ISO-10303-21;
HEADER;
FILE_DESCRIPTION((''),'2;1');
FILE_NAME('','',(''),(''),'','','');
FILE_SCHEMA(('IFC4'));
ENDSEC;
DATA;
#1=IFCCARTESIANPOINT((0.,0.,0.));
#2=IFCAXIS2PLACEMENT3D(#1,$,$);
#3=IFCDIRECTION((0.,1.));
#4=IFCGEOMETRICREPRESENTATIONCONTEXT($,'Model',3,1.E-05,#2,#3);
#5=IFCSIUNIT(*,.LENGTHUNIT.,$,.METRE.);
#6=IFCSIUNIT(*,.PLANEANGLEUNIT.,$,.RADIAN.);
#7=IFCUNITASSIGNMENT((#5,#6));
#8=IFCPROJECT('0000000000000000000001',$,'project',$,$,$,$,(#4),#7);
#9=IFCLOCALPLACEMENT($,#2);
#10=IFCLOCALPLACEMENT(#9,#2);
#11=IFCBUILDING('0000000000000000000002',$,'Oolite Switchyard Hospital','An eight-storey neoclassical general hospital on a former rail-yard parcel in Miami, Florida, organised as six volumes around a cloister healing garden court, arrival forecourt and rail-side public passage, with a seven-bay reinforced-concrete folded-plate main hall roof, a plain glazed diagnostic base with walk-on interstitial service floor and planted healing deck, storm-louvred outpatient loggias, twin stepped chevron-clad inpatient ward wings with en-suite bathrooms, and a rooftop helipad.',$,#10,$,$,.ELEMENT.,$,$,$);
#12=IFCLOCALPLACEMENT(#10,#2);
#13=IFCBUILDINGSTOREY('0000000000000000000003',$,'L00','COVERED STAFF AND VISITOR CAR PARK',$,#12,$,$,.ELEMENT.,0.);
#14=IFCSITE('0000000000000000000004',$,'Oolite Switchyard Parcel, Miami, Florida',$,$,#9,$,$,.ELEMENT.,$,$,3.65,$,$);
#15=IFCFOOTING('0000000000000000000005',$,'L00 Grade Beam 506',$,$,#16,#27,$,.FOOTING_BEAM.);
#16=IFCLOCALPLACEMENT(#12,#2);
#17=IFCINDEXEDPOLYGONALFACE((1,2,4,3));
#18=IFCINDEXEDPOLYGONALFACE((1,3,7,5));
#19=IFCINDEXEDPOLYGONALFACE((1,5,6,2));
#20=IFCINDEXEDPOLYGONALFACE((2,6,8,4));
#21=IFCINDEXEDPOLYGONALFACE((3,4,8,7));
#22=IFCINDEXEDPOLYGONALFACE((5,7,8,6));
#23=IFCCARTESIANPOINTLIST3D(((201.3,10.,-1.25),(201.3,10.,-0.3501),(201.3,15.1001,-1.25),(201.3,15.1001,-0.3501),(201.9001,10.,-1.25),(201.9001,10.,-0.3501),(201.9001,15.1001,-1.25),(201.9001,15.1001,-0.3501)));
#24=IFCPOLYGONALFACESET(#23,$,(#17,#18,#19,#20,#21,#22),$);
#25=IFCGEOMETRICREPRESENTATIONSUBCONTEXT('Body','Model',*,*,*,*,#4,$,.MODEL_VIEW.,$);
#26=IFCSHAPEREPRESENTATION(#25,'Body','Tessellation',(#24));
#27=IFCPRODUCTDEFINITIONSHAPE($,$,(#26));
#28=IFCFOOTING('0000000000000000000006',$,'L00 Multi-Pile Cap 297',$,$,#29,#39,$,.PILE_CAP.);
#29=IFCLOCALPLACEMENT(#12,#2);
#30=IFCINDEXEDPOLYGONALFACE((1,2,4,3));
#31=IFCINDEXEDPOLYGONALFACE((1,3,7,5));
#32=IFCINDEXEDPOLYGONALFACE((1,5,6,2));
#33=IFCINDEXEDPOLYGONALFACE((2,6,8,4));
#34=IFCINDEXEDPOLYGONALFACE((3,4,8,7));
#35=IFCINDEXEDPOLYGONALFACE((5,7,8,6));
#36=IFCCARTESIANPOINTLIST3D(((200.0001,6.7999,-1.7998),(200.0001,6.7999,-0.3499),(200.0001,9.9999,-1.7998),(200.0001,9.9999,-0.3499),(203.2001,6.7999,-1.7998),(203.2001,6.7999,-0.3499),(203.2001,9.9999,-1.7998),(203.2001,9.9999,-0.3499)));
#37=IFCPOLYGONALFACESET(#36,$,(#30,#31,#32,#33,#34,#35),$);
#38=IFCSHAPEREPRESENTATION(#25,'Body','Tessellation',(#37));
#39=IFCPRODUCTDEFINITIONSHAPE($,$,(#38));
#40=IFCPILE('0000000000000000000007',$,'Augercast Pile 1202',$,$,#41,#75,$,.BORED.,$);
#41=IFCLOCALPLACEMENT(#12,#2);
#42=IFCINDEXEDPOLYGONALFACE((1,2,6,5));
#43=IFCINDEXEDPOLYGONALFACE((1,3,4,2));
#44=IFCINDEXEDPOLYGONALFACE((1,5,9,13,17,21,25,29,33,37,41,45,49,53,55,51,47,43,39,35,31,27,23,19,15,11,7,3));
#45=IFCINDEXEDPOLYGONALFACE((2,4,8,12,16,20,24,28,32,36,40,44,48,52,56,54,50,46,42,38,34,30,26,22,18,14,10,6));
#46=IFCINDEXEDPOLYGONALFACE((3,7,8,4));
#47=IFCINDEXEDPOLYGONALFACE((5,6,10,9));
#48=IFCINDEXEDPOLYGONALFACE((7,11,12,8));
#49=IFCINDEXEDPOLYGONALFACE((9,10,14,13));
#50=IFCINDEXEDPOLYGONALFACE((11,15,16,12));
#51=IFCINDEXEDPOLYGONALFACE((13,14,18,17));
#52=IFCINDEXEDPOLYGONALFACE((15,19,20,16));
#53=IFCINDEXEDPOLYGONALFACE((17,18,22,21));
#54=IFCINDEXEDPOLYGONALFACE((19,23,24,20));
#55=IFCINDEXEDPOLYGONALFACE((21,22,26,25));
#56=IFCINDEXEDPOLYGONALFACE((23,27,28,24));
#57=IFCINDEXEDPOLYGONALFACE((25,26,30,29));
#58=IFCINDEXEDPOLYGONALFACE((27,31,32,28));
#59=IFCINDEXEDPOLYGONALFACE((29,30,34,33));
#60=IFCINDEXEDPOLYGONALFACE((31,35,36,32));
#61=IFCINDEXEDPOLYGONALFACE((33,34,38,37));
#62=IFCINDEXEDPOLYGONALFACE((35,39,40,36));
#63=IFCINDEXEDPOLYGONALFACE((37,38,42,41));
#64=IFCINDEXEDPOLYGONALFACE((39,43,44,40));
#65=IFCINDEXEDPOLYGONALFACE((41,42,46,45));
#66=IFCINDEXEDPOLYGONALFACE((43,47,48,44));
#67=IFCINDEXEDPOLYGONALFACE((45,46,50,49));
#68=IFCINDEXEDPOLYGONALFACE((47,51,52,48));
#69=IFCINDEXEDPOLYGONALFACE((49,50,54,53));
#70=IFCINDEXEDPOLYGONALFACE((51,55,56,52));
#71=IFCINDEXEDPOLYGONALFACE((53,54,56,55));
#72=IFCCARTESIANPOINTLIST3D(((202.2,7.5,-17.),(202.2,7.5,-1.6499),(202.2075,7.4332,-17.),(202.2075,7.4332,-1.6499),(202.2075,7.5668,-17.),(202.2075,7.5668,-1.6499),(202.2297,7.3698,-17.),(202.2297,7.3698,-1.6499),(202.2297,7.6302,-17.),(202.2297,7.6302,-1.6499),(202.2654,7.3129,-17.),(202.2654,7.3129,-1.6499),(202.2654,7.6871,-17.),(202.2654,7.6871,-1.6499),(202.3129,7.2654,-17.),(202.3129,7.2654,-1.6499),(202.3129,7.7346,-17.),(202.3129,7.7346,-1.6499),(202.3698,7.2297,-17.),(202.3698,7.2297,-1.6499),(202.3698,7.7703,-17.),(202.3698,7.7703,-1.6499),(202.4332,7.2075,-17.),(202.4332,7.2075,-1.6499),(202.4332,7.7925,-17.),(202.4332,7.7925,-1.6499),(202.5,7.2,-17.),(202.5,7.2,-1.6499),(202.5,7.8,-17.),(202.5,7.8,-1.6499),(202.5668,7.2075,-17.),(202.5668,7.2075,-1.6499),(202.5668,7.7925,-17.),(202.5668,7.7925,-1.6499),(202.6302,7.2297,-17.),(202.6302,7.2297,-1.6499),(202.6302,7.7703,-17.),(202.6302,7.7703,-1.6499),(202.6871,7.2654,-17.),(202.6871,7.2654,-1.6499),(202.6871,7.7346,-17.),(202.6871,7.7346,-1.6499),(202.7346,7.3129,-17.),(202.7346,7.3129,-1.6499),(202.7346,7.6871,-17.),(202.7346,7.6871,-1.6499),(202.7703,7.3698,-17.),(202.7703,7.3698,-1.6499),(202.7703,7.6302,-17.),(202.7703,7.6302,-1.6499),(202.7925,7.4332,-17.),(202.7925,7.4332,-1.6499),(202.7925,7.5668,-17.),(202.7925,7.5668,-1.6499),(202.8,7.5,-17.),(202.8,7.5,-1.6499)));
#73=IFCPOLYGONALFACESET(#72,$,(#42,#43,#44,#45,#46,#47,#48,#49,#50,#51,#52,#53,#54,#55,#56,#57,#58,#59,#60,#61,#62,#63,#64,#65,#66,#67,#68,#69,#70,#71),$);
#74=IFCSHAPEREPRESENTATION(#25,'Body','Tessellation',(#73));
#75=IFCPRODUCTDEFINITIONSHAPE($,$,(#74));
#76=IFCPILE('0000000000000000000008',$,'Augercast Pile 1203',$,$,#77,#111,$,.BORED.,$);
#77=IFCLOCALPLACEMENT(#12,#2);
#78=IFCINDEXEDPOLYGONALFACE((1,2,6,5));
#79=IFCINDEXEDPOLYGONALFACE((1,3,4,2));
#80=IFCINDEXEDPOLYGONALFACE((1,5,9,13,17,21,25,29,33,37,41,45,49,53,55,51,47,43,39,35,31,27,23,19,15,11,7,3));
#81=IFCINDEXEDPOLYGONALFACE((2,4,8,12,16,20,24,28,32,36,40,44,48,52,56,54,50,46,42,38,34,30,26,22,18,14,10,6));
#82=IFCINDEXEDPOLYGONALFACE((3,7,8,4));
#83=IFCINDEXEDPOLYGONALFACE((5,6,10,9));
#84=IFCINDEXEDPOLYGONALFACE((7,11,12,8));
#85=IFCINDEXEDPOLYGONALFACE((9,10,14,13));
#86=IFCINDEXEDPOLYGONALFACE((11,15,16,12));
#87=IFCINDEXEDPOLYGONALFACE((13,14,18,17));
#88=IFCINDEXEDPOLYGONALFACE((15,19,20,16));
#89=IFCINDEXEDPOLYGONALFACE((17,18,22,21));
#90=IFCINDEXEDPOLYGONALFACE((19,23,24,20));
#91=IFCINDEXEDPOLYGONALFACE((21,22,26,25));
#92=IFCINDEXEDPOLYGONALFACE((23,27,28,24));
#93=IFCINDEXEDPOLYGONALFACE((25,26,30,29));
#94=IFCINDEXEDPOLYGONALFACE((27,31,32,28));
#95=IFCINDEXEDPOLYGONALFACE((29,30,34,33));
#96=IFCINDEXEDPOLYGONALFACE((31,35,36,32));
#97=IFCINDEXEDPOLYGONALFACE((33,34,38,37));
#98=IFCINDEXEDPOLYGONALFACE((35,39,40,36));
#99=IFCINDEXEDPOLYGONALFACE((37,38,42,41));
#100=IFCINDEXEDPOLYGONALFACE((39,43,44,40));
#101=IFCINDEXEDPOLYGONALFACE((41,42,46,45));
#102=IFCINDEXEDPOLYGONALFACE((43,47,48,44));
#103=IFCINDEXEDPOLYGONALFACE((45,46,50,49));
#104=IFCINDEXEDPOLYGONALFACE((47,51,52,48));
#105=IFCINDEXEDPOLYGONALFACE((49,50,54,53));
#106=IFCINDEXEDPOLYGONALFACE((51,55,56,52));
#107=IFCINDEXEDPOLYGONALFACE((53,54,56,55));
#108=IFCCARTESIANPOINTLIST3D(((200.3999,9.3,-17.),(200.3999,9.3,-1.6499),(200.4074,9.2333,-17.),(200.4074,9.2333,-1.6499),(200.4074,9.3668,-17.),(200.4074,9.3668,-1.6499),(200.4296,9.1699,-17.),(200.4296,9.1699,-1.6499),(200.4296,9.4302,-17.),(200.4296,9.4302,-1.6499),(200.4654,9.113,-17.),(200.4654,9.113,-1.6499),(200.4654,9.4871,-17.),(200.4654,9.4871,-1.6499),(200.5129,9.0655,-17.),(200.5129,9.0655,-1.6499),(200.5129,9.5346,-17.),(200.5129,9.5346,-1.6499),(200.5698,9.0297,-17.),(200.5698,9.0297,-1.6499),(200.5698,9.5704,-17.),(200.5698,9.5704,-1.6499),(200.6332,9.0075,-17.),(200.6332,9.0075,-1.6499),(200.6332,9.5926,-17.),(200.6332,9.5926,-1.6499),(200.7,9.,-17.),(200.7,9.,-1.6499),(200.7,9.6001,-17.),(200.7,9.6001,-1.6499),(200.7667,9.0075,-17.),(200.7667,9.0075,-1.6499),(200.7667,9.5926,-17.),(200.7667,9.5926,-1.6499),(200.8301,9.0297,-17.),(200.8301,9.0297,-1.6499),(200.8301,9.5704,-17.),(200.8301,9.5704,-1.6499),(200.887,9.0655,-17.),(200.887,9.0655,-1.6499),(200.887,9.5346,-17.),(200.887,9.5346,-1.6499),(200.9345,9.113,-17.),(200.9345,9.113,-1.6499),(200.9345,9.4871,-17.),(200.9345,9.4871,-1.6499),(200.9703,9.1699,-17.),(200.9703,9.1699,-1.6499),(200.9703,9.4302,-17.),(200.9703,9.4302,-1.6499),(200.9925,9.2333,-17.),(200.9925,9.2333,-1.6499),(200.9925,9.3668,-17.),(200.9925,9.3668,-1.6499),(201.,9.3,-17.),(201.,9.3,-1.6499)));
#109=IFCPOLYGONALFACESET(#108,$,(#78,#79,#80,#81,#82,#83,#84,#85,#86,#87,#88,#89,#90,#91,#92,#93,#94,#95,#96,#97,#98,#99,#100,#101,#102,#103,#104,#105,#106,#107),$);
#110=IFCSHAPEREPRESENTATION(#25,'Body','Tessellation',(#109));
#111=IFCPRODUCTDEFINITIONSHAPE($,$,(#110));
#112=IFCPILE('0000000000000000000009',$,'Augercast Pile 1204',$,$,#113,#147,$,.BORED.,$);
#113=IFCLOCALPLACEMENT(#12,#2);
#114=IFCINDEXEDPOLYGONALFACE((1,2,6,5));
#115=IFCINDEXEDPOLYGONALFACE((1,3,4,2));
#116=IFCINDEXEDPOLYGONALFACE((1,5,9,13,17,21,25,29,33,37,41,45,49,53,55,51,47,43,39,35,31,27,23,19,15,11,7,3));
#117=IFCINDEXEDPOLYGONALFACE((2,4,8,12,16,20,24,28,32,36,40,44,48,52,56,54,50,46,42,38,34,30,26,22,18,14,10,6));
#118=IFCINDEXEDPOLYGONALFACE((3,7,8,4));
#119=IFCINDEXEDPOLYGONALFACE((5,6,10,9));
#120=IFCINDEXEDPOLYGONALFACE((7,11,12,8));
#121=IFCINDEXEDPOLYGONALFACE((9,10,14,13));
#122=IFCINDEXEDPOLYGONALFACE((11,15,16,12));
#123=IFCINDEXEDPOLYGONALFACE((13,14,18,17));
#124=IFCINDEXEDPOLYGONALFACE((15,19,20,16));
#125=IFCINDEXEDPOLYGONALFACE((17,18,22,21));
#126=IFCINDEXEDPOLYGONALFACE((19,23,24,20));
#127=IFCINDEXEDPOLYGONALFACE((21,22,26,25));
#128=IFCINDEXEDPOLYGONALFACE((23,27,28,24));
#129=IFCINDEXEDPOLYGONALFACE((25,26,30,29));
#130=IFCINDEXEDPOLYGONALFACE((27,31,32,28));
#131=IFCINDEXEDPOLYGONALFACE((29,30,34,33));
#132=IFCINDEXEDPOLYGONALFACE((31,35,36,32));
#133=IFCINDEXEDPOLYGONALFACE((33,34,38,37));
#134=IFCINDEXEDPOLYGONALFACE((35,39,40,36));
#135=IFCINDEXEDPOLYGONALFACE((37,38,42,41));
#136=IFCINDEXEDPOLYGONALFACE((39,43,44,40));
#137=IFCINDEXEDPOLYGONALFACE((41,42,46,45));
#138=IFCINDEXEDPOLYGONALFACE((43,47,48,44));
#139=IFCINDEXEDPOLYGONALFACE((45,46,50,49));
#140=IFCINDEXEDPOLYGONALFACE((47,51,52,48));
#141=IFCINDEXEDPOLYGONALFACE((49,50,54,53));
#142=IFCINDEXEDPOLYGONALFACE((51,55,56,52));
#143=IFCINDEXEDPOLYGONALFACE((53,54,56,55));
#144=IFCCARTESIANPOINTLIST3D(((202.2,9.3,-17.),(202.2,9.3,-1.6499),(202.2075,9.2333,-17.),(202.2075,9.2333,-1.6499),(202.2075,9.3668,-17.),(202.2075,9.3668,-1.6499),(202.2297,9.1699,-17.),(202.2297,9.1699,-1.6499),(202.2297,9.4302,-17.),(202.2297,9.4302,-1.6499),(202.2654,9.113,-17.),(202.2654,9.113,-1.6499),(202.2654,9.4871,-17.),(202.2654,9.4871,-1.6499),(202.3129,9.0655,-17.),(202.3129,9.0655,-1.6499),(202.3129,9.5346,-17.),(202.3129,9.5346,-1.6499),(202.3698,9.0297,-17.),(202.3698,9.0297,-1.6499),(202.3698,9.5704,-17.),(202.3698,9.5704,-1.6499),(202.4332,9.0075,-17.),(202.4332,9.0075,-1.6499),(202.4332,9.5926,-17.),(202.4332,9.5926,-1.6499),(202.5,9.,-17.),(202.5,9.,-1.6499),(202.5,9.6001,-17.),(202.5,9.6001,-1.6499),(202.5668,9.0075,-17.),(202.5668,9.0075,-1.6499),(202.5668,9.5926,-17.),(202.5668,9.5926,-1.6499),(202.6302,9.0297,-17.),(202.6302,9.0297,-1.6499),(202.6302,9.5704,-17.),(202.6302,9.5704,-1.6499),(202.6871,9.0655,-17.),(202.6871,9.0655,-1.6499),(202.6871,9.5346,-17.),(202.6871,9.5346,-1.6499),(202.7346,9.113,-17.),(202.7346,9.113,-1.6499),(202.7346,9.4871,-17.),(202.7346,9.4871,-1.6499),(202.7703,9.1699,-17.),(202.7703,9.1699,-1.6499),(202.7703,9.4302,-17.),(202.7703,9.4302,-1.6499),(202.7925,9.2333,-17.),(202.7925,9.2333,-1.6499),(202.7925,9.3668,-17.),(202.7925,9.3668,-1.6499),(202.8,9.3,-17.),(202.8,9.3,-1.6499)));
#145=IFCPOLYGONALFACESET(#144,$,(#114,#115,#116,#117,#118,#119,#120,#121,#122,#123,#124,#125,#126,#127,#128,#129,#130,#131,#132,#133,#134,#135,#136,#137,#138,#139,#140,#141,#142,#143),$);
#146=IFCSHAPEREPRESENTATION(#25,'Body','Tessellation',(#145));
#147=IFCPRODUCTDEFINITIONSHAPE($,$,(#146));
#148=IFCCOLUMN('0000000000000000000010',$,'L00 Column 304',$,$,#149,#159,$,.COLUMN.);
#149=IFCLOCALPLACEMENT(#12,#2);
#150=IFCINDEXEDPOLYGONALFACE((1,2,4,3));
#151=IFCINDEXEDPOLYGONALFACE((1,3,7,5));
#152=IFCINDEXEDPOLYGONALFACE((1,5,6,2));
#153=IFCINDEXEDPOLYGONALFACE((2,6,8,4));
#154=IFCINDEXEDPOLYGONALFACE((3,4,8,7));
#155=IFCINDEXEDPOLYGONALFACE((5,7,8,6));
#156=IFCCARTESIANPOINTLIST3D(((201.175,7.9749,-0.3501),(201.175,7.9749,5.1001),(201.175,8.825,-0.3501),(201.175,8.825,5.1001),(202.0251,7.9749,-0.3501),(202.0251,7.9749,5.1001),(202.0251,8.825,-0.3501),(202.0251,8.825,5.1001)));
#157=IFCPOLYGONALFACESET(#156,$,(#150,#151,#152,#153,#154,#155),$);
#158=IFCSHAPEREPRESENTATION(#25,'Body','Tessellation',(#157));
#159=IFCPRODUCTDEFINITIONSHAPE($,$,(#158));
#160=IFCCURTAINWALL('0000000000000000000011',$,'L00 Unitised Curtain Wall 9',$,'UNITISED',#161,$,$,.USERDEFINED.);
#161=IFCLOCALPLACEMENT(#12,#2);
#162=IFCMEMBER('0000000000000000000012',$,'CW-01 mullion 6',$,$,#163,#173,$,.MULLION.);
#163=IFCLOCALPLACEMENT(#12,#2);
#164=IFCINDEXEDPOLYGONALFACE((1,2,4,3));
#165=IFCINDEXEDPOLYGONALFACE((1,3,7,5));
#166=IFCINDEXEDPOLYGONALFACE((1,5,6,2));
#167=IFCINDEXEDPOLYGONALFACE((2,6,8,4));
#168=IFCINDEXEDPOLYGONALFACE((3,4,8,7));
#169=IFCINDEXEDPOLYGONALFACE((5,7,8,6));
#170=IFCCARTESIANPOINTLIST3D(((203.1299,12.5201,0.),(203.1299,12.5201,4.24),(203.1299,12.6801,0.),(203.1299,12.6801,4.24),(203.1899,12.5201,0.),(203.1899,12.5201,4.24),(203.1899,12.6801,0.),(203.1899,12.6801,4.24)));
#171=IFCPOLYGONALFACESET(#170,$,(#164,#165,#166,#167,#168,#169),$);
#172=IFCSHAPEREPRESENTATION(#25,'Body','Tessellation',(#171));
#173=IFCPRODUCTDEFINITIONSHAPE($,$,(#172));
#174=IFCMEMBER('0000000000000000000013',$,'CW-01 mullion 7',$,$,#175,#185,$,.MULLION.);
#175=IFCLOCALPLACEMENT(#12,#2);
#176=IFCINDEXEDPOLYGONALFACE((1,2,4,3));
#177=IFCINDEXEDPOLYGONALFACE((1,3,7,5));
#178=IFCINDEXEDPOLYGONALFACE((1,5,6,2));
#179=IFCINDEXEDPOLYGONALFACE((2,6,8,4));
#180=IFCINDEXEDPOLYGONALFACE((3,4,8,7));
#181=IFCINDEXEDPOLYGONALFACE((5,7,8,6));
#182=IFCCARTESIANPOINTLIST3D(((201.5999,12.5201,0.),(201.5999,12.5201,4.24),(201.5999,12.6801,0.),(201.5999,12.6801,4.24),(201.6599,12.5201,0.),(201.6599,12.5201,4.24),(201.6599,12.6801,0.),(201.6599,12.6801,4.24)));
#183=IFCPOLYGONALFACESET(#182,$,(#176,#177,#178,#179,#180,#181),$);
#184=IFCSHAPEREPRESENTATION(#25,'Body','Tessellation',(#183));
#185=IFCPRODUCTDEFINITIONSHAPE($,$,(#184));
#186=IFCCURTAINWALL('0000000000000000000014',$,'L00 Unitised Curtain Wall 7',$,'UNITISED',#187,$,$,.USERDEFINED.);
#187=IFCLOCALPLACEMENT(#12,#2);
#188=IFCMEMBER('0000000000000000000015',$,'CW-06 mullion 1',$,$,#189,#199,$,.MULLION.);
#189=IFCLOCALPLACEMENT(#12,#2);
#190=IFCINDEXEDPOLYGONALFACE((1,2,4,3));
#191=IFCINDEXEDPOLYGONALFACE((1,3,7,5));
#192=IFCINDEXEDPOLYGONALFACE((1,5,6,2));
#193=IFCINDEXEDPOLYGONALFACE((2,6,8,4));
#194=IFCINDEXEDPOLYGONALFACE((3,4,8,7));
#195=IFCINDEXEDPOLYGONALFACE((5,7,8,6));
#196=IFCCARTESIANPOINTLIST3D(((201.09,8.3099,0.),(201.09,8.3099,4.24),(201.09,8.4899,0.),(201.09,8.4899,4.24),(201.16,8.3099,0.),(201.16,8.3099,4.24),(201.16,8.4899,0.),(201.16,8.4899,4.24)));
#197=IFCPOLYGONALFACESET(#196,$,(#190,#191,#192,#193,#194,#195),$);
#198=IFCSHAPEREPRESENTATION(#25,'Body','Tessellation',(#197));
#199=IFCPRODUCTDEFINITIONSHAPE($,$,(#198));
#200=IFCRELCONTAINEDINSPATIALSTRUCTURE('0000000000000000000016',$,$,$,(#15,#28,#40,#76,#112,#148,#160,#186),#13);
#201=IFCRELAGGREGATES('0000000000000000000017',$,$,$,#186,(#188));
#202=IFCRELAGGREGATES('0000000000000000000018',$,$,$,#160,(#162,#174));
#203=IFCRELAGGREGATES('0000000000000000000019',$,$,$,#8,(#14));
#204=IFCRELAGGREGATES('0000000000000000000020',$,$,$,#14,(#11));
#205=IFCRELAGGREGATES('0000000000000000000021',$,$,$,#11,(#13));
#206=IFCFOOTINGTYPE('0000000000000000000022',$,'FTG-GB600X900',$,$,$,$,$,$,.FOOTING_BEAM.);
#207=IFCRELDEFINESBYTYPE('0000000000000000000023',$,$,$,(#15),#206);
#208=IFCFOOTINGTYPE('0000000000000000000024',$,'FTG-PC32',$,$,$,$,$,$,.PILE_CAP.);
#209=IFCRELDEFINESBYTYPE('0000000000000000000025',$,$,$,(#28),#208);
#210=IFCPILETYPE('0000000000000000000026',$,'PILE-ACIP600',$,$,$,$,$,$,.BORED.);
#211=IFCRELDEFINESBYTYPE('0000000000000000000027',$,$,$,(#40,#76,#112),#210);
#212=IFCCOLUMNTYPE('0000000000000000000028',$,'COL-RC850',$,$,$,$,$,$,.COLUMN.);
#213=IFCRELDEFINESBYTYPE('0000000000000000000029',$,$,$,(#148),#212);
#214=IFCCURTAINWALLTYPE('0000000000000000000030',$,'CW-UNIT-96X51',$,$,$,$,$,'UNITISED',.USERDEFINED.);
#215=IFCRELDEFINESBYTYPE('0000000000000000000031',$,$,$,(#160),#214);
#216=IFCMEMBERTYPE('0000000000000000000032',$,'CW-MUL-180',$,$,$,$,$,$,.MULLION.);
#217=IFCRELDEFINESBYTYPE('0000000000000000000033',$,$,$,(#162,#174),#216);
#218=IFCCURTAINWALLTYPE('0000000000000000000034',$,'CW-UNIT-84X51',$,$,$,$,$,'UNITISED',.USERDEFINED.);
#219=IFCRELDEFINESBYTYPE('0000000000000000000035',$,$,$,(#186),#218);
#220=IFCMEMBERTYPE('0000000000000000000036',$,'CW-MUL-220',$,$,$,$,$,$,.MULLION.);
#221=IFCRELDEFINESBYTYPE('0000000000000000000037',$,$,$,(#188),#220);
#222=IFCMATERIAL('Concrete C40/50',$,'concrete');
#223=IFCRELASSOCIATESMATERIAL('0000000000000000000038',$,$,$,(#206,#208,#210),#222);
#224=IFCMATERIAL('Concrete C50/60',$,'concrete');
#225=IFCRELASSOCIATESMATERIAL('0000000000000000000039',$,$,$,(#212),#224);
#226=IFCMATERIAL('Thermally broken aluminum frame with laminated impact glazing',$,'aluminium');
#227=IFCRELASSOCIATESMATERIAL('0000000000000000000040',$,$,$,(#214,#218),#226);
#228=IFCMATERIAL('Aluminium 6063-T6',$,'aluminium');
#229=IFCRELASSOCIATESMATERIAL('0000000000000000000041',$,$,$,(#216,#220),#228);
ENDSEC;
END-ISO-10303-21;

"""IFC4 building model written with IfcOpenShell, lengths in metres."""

from ifc_helpers import new_model, si_unit, direction, frame, origin, origin_2d, place, context, subcontext, project, spatial, rectangle, circle, extrude, material, material_profile, profile_set, type_object, element, aggregate, save


model = new_model("IFC4")

# Units and contexts
model_context = context("Model", 3, precision=1e-05, world=origin(), true_north=direction((0.0, 1.0)))
body_context = subcontext(model_context, "Body", "Model", "MODEL_VIEW")
ifc_project = project(units=[si_unit("LENGTHUNIT", "METRE"), si_unit("PLANEANGLEUNIT", "RADIAN")], contexts=[model_context])

# Site, building, storey
site_placement = place(None, origin())
site = spatial("IfcSite", under=ifc_project, at=site_placement, Name="Oolite Switchyard Parcel, Miami, Florida", CompositionType="ELEMENT", RefElevation=3.65)
building_placement = place(site_placement, origin())
building = spatial("IfcBuilding", under=site, at=building_placement, Name="Oolite Switchyard Hospital", Description="An eight-storey neoclassical general hospital on a former rail-yard parcel in Miami, Florida, organised as six volumes around a cloister healing garden court, arrival forecourt and rail-side public passage, with a seven-bay reinforced-concrete folded-plate main hall roof, a plain glazed diagnostic base with walk-on interstitial service floor and planted healing deck, storm-louvred outpatient loggias, twin stepped chevron-clad inpatient ward wings with en-suite bathrooms, and a rooftop helipad.", CompositionType="ELEMENT")
storey_placement = place(building_placement, origin())
storey = spatial("IfcBuildingStorey", under=building, at=storey_placement, Name="L00", Description="COVERED STAFF AND VISITOR CAR PARK", CompositionType="ELEMENT", Elevation=0.0)

# Footings
ifc_material_1 = material(Name="Concrete C40/50", Category="concrete")
footing_type_1 = type_object("IfcFootingType", Name="FTG-GB600X900", PredefinedType="FOOTING_BEAM", material=ifc_material_1)
footing_1_placement = place(storey_placement, frame((201.6001, 12.55, -1.25), z_axis=(0.0, 0.0, 1.0), x_axis=(0.0, 1.0, 0.0)))
element("IfcFooting", 1, at=footing_1_placement, inside=storey, type_object=footing_type_1, Name="L00 Grade Beam 506", PredefinedType="FOOTING_BEAM", context=body_context, shape_type="SweptSolid", body=[
    extrude(rectangle(XDim=5.1001, YDim=0.6001, at=origin_2d()), origin(), (0.0, 0.0, 1.0), 0.8999),
])
footing_type_2 = type_object("IfcFootingType", Name="FTG-PC32", PredefinedType="PILE_CAP", material=ifc_material_1)
footing_2_placement = place(storey_placement, frame((201.6001, 8.3999, -1.7998), z_axis=(0.0, 0.0, 1.0), x_axis=(1.0, 0.0, 0.0)))
element("IfcFooting", 2, at=footing_2_placement, inside=storey, type_object=footing_type_2, Name="L00 Multi-Pile Cap 297", PredefinedType="PILE_CAP", context=body_context, shape_type="SweptSolid", body=[
    extrude(rectangle(XDim=3.2, YDim=3.2, at=origin_2d()), origin(), (0.0, 0.0, 1.0), 1.45),
])

# Piles
ifc_material_profile_1 = material_profile(ifc_material_1, circle(Radius=0.3, at=origin_2d()), Name="PILE600")
ifc_profile_set_1 = profile_set([ifc_material_profile_1], Name="Concrete C40/50")
pile_type = type_object("IfcPileType", Name="PILE-ACIP600", PredefinedType="BORED", material=ifc_profile_set_1)
for number, where, z_axis, x_axis, name in (
    (3, (202.5, 7.5, -1.6499), (0.0, 0.0, -1.0), (1.0, 0.0, 0.0), "Augercast Pile 1202"),
    (4, (200.7, 9.3, -1.6499), (0.0, 0.0, -1.0), (1.0, 0.0, 0.0), "Augercast Pile 1203"),
    (5, (202.5, 9.3, -1.6499), (0.0, 0.0, -1.0), (1.0, 0.0, 0.0), "Augercast Pile 1204"),
):
    element("IfcPile", number, at=place(storey_placement, frame(where, z_axis=z_axis, x_axis=x_axis)), inside=storey, type_object=pile_type, Name=name, PredefinedType="BORED", context=body_context, shape_type="SweptSolid", body=[
        extrude(circle(Radius=0.3, at=origin_2d()), origin(), (0.0, 0.0, 1.0), 15.3501),
    ])

# Column
ifc_material_2 = material(Name="Concrete C50/60", Category="concrete")
ifc_material_profile_2 = material_profile(ifc_material_2, rectangle(XDim=0.8501, YDim=0.8501, at=origin_2d()), Name="RC850X850")
ifc_profile_set_2 = profile_set([ifc_material_profile_2], Name="Concrete C50/60")
column_type = type_object("IfcColumnType", Name="COL-RC850", PredefinedType="COLUMN", material=ifc_profile_set_2)
column_placement = place(storey_placement, frame((201.6001, 8.3999, -0.3501), z_axis=(0.0, 0.0, 1.0), x_axis=(1.0, 0.0, 0.0)))
element("IfcColumn", 6, at=column_placement, inside=storey, type_object=column_type, Name="L00 Column 304", PredefinedType="COLUMN", context=body_context, shape_type="SweptSolid", body=[
    extrude(rectangle(XDim=0.8501, YDim=0.8501, at=origin_2d()), origin(), (0.0, 0.0, 1.0), 5.4502),
])

# Curtain walls, members
ifc_material_3 = material(Name="Thermally broken aluminum frame with laminated impact glazing", Category="aluminium")
curtain_wall_type_1 = type_object("IfcCurtainWallType", Name="CW-UNIT-96X51", ElementType="UNITISED", PredefinedType="USERDEFINED", material=ifc_material_3)
curtain_wall_1_placement = place(storey_placement, origin())
curtain_wall_1 = element("IfcCurtainWall", 7, at=curtain_wall_1_placement, inside=storey, type_object=curtain_wall_type_1, Name="L00 Unitised Curtain Wall 9", ObjectType="UNITISED", PredefinedType="USERDEFINED")
ifc_material_4 = material(Name="Aluminium 6063-T6", Category="aluminium")
ifc_material_profile_3 = material_profile(ifc_material_4, rectangle(XDim=0.1599, YDim=0.0601, at=origin_2d()), Name="CWM60X160")
ifc_profile_set_3 = profile_set([ifc_material_profile_3], Name="Aluminium 6063-T6")
member_type_1 = type_object("IfcMemberType", Name="CW-MUL-180", PredefinedType="MULLION", material=ifc_profile_set_3)
member_1_placement = place(storey_placement, frame((203.1599, 12.6001, 0.0), z_axis=(0.0, 0.0, 1.0), x_axis=(0.0, -1.0, 0.0)))
member_1 = element("IfcMember", 8, at=member_1_placement, type_object=member_type_1, Name="CW-01 mullion 6", PredefinedType="MULLION", context=body_context, shape_type="SweptSolid", body=[
    extrude(rectangle(XDim=0.1599, YDim=0.0601, at=origin_2d()), origin(), (0.0, 0.0, 1.0), 4.24),
])
member_2_placement = place(storey_placement, frame((201.6299, 12.6001, 0.0), z_axis=(0.0, 0.0, 1.0), x_axis=(0.0, -1.0, 0.0)))
member_2 = element("IfcMember", 9, at=member_2_placement, type_object=member_type_1, Name="CW-01 mullion 7", PredefinedType="MULLION", context=body_context, shape_type="SweptSolid", body=[
    extrude(rectangle(XDim=0.1599, YDim=0.0601, at=origin_2d()), origin(), (0.0, 0.0, 1.0), 4.24),
])
curtain_wall_type_2 = type_object("IfcCurtainWallType", Name="CW-UNIT-84X51", ElementType="UNITISED", PredefinedType="USERDEFINED", material=ifc_material_3)
curtain_wall_2_placement = place(storey_placement, origin())
curtain_wall_2 = element("IfcCurtainWall", 10, at=curtain_wall_2_placement, inside=storey, type_object=curtain_wall_type_2, Name="L00 Unitised Curtain Wall 7", ObjectType="UNITISED", PredefinedType="USERDEFINED")
ifc_material_profile_4 = material_profile(ifc_material_4, rectangle(XDim=0.1799, YDim=0.0701, at=origin_2d()), Name="CWM70X180")
ifc_profile_set_4 = profile_set([ifc_material_profile_4], Name="Aluminium 6063-T6")
member_type_2 = type_object("IfcMemberType", Name="CW-MUL-220", PredefinedType="MULLION", material=ifc_profile_set_4)
member_3_placement = place(storey_placement, frame((201.125, 8.3999, 0.0), z_axis=(0.0, 0.0, 1.0), x_axis=(0.0, -1.0, 0.0)))
member_3 = element("IfcMember", 11, at=member_3_placement, type_object=member_type_2, Name="CW-06 mullion 1", PredefinedType="MULLION", context=body_context, shape_type="SweptSolid", body=[
    extrude(rectangle(XDim=0.1799, YDim=0.0701, at=origin_2d()), origin(), (0.0, 0.0, 1.0), 4.24),
])
aggregate(curtain_wall_2, [member_3])

aggregate(curtain_wall_1, [member_1, member_2])

save(model, "model.ifc")
